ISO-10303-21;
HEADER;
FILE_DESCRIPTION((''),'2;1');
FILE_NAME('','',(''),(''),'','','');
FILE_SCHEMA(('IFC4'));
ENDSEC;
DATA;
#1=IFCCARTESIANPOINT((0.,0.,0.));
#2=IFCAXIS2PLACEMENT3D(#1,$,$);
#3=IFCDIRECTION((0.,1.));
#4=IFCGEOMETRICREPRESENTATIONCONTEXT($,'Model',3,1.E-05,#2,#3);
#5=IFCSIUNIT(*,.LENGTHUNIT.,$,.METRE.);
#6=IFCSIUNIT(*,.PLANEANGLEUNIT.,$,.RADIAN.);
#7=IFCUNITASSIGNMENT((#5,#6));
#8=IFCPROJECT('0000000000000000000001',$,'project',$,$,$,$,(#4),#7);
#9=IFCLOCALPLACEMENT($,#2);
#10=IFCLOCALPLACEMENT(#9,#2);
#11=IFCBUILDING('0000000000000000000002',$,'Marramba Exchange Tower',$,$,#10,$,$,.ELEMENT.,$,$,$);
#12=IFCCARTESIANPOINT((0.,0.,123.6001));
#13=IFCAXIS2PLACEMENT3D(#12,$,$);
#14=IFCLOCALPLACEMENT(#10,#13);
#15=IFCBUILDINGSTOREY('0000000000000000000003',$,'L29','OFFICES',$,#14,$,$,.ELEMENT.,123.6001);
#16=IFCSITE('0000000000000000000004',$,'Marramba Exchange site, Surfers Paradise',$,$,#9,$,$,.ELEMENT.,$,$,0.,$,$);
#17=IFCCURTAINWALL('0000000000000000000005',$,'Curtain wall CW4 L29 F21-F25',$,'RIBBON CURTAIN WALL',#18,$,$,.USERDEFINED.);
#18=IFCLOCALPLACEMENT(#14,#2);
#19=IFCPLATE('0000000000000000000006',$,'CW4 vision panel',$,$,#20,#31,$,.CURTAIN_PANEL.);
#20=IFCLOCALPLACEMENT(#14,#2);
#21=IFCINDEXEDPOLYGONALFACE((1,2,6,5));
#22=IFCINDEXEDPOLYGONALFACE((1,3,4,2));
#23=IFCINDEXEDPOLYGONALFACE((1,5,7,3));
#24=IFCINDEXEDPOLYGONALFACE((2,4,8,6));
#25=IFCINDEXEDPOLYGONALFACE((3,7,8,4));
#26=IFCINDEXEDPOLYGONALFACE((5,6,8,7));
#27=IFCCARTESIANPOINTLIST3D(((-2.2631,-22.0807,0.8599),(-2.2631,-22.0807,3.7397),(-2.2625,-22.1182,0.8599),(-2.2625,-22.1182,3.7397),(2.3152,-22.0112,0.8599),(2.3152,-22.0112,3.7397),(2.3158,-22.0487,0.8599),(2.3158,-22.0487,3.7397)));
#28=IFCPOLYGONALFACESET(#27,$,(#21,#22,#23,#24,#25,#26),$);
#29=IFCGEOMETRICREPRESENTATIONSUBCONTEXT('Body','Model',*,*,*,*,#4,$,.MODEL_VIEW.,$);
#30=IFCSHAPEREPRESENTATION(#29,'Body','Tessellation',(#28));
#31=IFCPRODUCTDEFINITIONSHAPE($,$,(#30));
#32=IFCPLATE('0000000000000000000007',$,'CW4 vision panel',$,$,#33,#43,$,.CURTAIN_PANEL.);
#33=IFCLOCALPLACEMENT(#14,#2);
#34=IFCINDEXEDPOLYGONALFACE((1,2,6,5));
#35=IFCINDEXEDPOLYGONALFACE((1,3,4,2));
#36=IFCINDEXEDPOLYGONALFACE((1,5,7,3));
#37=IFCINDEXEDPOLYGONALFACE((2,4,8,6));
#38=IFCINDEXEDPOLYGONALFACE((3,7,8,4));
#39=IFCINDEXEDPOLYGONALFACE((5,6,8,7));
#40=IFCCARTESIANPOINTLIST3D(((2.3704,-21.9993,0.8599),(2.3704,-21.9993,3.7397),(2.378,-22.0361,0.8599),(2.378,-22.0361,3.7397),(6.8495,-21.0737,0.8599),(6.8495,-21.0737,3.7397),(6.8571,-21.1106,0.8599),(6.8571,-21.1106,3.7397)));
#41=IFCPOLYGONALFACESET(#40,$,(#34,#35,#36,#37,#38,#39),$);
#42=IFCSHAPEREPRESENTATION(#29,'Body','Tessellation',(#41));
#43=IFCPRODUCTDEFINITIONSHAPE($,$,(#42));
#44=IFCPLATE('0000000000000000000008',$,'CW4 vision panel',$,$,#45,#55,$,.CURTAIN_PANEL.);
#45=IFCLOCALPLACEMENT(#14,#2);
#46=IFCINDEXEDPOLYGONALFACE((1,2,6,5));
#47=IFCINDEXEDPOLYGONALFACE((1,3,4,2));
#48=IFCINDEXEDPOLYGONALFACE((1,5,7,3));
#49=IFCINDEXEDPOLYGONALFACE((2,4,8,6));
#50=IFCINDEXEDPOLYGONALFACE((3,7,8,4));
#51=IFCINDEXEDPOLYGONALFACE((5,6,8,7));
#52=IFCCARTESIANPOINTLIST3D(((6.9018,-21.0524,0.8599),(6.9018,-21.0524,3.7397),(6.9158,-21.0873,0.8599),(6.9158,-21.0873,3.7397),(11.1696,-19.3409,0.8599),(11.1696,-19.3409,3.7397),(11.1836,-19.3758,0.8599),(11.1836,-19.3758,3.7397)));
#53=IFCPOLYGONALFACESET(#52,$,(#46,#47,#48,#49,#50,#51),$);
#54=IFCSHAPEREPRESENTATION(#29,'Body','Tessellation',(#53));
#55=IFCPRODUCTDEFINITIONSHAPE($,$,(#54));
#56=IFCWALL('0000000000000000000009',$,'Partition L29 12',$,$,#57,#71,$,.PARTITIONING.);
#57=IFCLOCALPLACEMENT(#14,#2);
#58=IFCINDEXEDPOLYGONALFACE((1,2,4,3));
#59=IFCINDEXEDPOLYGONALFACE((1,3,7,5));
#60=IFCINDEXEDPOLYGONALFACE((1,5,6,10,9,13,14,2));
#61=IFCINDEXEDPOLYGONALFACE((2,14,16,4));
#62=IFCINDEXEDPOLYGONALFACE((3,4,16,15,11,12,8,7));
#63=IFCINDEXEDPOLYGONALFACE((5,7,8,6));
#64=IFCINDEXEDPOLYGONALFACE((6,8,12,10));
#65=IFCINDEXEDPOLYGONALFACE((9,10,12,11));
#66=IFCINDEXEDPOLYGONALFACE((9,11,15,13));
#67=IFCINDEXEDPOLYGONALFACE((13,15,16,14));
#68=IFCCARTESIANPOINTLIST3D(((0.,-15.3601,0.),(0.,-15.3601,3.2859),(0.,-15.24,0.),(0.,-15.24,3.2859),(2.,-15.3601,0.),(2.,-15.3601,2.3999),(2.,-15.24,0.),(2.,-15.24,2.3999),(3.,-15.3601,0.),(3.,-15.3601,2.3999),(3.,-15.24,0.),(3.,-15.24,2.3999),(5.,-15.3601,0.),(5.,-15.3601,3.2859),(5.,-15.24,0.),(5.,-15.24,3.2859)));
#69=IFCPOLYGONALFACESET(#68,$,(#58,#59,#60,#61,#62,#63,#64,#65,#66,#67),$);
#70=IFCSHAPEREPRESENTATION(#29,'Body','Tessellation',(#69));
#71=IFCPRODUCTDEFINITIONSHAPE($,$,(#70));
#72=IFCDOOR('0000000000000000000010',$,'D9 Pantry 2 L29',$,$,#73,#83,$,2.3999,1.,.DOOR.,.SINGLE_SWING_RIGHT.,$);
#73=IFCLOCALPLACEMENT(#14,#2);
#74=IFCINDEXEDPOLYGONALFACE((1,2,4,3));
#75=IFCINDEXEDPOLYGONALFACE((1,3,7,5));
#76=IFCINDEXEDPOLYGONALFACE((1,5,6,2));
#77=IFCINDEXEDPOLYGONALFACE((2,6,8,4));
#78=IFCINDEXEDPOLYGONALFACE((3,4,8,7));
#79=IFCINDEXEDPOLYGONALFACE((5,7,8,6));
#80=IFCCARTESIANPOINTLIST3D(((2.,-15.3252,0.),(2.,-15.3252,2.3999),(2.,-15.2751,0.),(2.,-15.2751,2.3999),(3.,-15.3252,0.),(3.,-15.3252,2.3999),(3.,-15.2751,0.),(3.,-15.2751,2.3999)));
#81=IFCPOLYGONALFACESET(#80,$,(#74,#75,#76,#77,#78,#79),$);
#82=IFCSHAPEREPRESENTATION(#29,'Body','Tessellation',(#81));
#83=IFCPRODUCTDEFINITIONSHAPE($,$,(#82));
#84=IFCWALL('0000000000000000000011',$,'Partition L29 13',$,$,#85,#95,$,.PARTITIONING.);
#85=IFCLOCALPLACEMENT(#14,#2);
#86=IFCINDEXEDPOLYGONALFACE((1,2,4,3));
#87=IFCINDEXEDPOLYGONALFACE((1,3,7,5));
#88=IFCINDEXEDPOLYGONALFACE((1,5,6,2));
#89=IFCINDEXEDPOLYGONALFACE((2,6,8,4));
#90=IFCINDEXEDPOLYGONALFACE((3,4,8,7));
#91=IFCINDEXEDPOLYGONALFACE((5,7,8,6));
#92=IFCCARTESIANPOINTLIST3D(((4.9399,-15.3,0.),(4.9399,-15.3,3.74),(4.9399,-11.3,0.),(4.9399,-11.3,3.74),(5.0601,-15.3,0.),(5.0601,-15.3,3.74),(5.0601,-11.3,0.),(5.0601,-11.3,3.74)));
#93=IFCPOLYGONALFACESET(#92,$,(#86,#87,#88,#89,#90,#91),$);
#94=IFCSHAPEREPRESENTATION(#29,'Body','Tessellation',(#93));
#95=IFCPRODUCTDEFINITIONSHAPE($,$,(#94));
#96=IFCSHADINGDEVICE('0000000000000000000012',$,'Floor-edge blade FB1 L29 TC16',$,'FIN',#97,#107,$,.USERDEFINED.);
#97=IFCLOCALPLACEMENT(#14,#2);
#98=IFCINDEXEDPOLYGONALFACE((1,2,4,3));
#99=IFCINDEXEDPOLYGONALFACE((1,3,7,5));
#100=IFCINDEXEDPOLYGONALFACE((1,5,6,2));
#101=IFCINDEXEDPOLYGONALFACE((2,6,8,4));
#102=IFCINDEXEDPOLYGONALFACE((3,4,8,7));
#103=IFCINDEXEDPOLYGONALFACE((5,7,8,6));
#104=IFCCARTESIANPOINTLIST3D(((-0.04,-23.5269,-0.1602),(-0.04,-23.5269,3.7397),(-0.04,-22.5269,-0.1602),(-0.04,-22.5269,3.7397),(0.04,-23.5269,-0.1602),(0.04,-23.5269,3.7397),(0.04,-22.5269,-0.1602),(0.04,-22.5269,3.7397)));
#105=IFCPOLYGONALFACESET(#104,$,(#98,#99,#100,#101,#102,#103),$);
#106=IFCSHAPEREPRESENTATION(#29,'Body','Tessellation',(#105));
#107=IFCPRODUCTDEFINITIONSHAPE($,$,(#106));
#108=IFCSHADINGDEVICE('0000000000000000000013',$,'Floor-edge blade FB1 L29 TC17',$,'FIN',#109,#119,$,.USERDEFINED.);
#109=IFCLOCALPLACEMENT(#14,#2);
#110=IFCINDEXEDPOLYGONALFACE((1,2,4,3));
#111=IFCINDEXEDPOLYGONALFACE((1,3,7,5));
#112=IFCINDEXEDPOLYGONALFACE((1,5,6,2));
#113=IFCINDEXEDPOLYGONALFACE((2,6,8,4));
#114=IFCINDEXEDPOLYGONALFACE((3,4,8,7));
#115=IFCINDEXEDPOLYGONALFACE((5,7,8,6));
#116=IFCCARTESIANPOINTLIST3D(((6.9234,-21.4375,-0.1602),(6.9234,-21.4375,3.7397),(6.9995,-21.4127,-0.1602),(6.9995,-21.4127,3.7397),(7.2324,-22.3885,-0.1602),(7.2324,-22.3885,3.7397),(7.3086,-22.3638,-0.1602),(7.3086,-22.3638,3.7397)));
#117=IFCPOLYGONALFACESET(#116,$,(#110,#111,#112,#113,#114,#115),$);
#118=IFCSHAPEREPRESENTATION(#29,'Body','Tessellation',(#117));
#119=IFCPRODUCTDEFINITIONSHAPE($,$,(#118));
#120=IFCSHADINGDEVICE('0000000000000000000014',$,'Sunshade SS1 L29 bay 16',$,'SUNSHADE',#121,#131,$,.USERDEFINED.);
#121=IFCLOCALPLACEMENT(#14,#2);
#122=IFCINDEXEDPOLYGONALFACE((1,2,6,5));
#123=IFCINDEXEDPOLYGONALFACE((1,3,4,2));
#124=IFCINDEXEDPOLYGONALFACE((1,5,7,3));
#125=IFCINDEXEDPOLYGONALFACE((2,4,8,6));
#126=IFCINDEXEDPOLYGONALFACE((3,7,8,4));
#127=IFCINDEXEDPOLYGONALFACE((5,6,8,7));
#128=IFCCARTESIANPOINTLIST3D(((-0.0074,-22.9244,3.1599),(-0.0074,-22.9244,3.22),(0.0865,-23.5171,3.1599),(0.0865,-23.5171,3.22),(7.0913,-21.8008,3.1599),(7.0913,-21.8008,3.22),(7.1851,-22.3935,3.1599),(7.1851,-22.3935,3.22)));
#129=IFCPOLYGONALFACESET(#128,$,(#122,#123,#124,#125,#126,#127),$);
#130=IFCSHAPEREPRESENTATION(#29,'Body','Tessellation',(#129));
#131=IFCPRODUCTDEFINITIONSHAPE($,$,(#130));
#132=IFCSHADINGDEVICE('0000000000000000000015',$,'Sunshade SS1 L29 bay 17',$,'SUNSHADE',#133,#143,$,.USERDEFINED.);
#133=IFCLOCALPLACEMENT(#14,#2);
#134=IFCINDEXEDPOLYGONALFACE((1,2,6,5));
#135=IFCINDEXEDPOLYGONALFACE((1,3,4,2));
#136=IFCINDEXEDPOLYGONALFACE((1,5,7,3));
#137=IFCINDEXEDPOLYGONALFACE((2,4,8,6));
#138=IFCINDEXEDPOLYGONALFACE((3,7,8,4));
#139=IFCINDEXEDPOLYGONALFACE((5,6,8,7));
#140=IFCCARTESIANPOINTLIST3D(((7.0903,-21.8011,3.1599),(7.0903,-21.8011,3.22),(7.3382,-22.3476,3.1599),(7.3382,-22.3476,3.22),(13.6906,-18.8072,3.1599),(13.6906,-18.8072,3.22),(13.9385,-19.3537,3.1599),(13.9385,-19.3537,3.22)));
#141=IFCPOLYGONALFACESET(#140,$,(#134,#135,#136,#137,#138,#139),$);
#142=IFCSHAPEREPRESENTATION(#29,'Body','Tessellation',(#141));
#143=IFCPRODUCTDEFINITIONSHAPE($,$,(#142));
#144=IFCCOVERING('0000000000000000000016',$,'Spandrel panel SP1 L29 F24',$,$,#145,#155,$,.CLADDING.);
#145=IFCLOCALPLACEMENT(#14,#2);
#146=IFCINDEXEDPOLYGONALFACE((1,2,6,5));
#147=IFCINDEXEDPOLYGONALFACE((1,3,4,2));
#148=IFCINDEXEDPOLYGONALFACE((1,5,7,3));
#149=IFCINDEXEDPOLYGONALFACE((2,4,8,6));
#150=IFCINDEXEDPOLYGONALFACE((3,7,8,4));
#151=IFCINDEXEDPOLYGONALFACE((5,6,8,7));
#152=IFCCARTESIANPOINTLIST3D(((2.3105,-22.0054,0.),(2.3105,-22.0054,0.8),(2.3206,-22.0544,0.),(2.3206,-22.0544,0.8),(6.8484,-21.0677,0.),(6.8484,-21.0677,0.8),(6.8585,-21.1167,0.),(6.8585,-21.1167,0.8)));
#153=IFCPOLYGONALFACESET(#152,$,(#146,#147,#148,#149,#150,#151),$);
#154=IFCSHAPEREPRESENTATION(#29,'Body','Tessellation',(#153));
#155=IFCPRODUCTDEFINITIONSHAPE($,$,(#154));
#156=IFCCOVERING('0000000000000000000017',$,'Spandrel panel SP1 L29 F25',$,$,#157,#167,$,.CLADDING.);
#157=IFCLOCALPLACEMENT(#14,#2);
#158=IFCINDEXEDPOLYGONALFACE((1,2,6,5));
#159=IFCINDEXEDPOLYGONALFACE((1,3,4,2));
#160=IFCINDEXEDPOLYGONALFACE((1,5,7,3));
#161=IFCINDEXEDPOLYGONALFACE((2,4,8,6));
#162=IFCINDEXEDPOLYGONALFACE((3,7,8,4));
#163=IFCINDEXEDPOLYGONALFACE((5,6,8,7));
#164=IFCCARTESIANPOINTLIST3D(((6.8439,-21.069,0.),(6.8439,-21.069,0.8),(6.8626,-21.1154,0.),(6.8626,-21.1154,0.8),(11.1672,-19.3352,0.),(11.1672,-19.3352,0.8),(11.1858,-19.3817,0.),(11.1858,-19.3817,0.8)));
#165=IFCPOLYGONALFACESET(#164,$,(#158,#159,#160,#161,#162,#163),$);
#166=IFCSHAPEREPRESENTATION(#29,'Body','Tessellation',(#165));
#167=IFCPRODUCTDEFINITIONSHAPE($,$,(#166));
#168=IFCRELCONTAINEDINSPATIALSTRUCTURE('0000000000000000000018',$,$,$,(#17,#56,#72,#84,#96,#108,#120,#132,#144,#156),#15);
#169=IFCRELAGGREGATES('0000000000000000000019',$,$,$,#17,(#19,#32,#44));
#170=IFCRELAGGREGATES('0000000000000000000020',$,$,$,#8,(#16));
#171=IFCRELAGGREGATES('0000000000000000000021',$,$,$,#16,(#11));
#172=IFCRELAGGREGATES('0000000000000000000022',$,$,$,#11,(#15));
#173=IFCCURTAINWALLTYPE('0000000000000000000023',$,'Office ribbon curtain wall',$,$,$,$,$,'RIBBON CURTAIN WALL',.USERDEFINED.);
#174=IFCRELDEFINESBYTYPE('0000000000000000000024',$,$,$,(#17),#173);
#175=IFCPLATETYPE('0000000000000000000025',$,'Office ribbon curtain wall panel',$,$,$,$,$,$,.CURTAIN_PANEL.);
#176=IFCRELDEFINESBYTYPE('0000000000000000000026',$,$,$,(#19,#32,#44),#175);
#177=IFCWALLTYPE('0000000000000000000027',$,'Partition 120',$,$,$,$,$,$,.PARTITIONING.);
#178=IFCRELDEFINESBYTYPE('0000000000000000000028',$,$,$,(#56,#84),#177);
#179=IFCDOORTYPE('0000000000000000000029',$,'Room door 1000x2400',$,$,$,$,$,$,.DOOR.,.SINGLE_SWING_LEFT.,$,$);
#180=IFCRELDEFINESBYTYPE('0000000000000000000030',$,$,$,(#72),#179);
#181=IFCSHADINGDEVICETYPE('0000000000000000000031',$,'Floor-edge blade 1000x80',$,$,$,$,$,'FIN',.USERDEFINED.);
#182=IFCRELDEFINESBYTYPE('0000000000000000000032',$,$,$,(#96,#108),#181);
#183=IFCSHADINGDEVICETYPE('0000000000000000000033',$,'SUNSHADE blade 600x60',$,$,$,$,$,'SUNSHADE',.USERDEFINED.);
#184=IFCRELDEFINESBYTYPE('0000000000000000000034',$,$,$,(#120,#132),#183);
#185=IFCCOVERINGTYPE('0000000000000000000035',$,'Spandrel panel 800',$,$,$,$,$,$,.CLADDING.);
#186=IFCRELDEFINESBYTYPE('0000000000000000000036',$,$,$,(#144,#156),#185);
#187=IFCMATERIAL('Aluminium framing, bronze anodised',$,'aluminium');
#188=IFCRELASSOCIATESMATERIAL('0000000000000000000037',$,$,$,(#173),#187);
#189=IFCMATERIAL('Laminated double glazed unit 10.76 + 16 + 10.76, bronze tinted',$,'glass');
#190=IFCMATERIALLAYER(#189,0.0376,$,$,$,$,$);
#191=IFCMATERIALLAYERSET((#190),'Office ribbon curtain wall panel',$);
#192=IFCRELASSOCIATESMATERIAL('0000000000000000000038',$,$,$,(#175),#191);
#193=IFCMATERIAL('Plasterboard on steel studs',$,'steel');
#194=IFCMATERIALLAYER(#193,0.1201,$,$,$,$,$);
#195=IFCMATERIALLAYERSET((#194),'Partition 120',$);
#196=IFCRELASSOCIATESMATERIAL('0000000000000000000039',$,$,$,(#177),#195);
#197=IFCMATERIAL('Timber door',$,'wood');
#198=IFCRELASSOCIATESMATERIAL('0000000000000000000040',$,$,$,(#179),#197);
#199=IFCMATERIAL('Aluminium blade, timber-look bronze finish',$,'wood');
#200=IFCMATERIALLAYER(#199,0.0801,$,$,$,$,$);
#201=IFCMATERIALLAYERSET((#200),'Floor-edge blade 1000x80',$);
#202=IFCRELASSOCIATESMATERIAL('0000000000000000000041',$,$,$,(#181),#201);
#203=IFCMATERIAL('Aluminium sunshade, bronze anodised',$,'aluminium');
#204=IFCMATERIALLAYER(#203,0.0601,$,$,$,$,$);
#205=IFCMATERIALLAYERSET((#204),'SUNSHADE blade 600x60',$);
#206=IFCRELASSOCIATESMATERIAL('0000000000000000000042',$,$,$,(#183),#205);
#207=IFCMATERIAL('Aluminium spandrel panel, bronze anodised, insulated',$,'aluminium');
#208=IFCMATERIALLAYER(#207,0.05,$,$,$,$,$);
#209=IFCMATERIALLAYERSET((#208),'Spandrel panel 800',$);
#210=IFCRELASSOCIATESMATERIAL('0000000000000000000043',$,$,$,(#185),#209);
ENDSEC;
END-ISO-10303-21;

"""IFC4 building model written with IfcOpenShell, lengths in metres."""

from ifc_helpers import new_model, si_unit, direction, frame, frame_2d, origin, origin_2d, place, context, subcontext, project, spatial, rectangle, extrude, material, layer, layer_set, type_object, element, fill, aggregate, save


model = new_model("IFC4")

# Units and contexts
model_context = context("Model", 3, precision=1e-05, world=origin(), true_north=direction((0.0, 1.0)))
body_context = subcontext(model_context, "Body", "Model", "MODEL_VIEW")
ifc_project = project(units=[si_unit("LENGTHUNIT", "METRE"), si_unit("PLANEANGLEUNIT", "RADIAN")], contexts=[model_context])

# Site, building, storey
site_placement = place(None, origin())
site = spatial("IfcSite", under=ifc_project, at=site_placement, Name="Marramba Exchange site, Surfers Paradise", CompositionType="ELEMENT", RefElevation=0.0)
building_placement = place(site_placement, origin())
building = spatial("IfcBuilding", under=site, at=building_placement, Name="Marramba Exchange Tower", CompositionType="ELEMENT")
storey_placement = place(building_placement, frame((0.0, 0.0, 123.6001)))
storey = spatial("IfcBuildingStorey", under=building, at=storey_placement, Name="L29", Description="OFFICES", CompositionType="ELEMENT", Elevation=123.6001)

# Curtain wall
ifc_material_1 = material(Name="Aluminium framing, bronze anodised", Category="aluminium")
curtain_wall_type = type_object("IfcCurtainWallType", Name="Office ribbon curtain wall", ElementType="RIBBON CURTAIN WALL", PredefinedType="USERDEFINED", material=ifc_material_1)
curtain_wall_1_placement = place(storey_placement, origin())
curtain_wall_1 = element("IfcCurtainWall", 1, at=curtain_wall_1_placement, inside=storey, type_object=curtain_wall_type, Name="Curtain wall CW4 L29 F21-F25", ObjectType="RIBBON CURTAIN WALL", PredefinedType="USERDEFINED")

# Plates
ifc_material_2 = material(Name="Laminated double glazed unit 10.76 + 16 + 10.76, bronze tinted", Category="glass")
ifc_layer_1 = layer(ifc_material_2, 0.0376)
ifc_layer_set_1 = layer_set([ifc_layer_1], Name="Office ribbon curtain wall panel")
plate_type = type_object("IfcPlateType", Name="Office ribbon curtain wall panel", PredefinedType="CURTAIN_PANEL", material=ifc_layer_set_1)
plate_1_placement = place(storey_placement, frame((0.0264, -22.0647, 0.8599), z_axis=(0.0, 0.0, 1.0), x_axis=(0.999885, 0.015179, 0.0)))
plate_1 = element("IfcPlate", 2, at=plate_1_placement, type_object=plate_type, Name="CW4 vision panel", PredefinedType="CURTAIN_PANEL", context=body_context, shape_type="SweptSolid", body=[
    extrude(rectangle(XDim=4.5789, YDim=0.0376, at=origin_2d()), origin(), (0.0, 0.0, 1.0), 2.8799),
])
plate_2_placement = place(storey_placement, frame((4.6138, -21.5549, 0.8599), z_axis=(0.0, 0.0, 1.0), x_axis=(0.97931, 0.202365, 0.0)))
plate_2 = element("IfcPlate", 3, at=plate_2_placement, type_object=plate_type, Name="CW4 vision panel", PredefinedType="CURTAIN_PANEL", context=body_context, shape_type="SweptSolid", body=[
    extrude(rectangle(XDim=4.5737, YDim=0.0376, at=origin_2d()), origin(), (0.0, 0.0, 1.0), 2.8799),
])
plate_3_placement = place(storey_placement, frame((9.0427, -20.2141, 0.8599), z_axis=(0.0, 0.0, 1.0), x_axis=(0.928149, 0.372209, 0.0)))
plate_3 = element("IfcPlate", 4, at=plate_3_placement, type_object=plate_type, Name="CW4 vision panel", PredefinedType="CURTAIN_PANEL", context=body_context, shape_type="SweptSolid", body=[
    extrude(rectangle(XDim=4.5981, YDim=0.0376, at=origin_2d()), origin(), (0.0, 0.0, 1.0), 2.8799),
])
aggregate(curtain_wall_1, [plate_1, plate_2, plate_3])

# Wall, opening, door
ifc_material_3 = material(Name="Plasterboard on steel studs", Category="steel")
ifc_layer_2 = layer(ifc_material_3, 0.1201)
ifc_layer_set_2 = layer_set([ifc_layer_2], Name="Partition 120")
wall_type = type_object("IfcWallType", Name="Partition 120", PredefinedType="PARTITIONING", material=ifc_layer_set_2)
wall_1_placement = place(storey_placement, frame((0.0, -15.3, 0.0), z_axis=(0.0, 0.0, 1.0), x_axis=(1.0, 0.0, 0.0)))
wall_1 = element("IfcWall", 5, at=wall_1_placement, inside=storey, type_object=wall_type, Name="Partition L29 12", PredefinedType="PARTITIONING", context=body_context, shape_type="SweptSolid", body=[
    extrude(rectangle(XDim=5.0, YDim=0.1201, at=frame_2d((2.5, 0.0))), origin(), (0.0, 0.0, 1.0), 3.2859),
])
opening_placement = place(wall_1_placement, frame((2.0, 0.0, 0.0)))
opening = element("IfcOpeningElement", 6, at=opening_placement, cuts=wall_1, PredefinedType="OPENING", context=body_context, shape_type="SweptSolid", body=[
    extrude(rectangle(XDim=1.0, YDim=2.3999, at=frame_2d((0.5, 1.2))), frame((0.0, 0.0701, 0.0), z_axis=(0.0, -1.0, 0.0), x_axis=(1.0, 0.0, 0.0)), (0.0, 0.0, 1.0), 0.1401),
])
ifc_material_4 = material(Name="Timber door", Category="wood")
door_type = type_object("IfcDoorType", Name="Room door 1000x2400", OperationType="SINGLE_SWING_LEFT", PredefinedType="DOOR", material=ifc_material_4)
door_placement = place(opening_placement, origin())
door = element("IfcDoor", 7, at=door_placement, inside=storey, type_object=door_type, Name="D9 Pantry 2 L29", OperationType="SINGLE_SWING_RIGHT", OverallHeight=2.3999, OverallWidth=1.0, PredefinedType="DOOR", context=body_context, shape_type="SweptSolid", body=[
    extrude(rectangle(XDim=1.0, YDim=2.3999, at=frame_2d((0.5, 1.2))), frame((0.0, 0.0249, 0.0), z_axis=(0.0, -1.0, 0.0), x_axis=(1.0, 0.0, 0.0)), (0.0, 0.0, 1.0), 0.05),
])
fill(opening, door)

# Wall
wall_2_placement = place(storey_placement, frame((5.0, -15.3, 0.0), z_axis=(0.0, 0.0, 1.0), x_axis=(0.0, 1.0, 0.0)))
element("IfcWall", 8, at=wall_2_placement, inside=storey, type_object=wall_type, Name="Partition L29 13", PredefinedType="PARTITIONING", context=body_context, shape_type="SweptSolid", body=[
    extrude(rectangle(XDim=4.0, YDim=0.1201, at=frame_2d((2.0, 0.0))), origin(), (0.0, 0.0, 1.0), 3.74),
])

# Shading devices
ifc_material_5 = material(Name="Aluminium blade, timber-look bronze finish", Category="wood")
ifc_layer_3 = layer(ifc_material_5, 0.0801)
ifc_layer_set_3 = layer_set([ifc_layer_3], Name="Floor-edge blade 1000x80")
shading_device_type_1 = type_object("IfcShadingDeviceType", Name="Floor-edge blade 1000x80", ElementType="FIN", PredefinedType="USERDEFINED", material=ifc_layer_set_3)
for number, where, z_axis, x_axis, name in (
    (9, (0.0, -23.0269, -0.1602), (0.0, 0.0, 1.0), (0.0, -1.0, 0.0), "Floor-edge blade FB1 L29 TC16"),
    (10, (7.116, -21.9006, -0.1602), (0.0, 0.0, 1.0), (0.309017, -0.951057, 0.0), "Floor-edge blade FB1 L29 TC17"),
):
    element("IfcShadingDevice", number, at=place(storey_placement, frame(where, z_axis=z_axis, x_axis=x_axis)), inside=storey, type_object=shading_device_type_1, Name=name, ObjectType="FIN", PredefinedType="USERDEFINED", context=body_context, shape_type="SweptSolid", body=[
        extrude(rectangle(XDim=1.0, YDim=0.0801, at=origin_2d()), origin(), (0.0, 0.0, 1.0), 3.8999),
    ])
ifc_material_6 = material(Name="Aluminium sunshade, bronze anodised", Category="aluminium")
ifc_layer_4 = layer(ifc_material_6, 0.0601)
ifc_layer_set_4 = layer_set([ifc_layer_4], Name="SUNSHADE blade 600x60")
shading_device_type_2 = type_object("IfcShadingDeviceType", Name="SUNSHADE blade 600x60", ElementType="SUNSHADE", PredefinedType="USERDEFINED", material=ifc_layer_set_4)
shading_device_1_placement = place(storey_placement, frame((3.5889, -22.6589, 3.1599), z_axis=(0.0, 0.0, 1.0), x_axis=(0.987705, 0.15633, 0.0)))
element("IfcShadingDevice", 11, at=shading_device_1_placement, inside=storey, type_object=shading_device_type_2, Name="Sunshade SS1 L29 bay 16", ObjectType="SUNSHADE", PredefinedType="USERDEFINED", context=body_context, shape_type="SweptSolid", body=[
    extrude(rectangle(XDim=7.187, YDim=0.6001, at=origin_2d()), origin(), (0.0, 0.0, 1.0), 0.0601),
])
shading_device_2_placement = place(storey_placement, frame((10.5144, -20.5774, 3.1599), z_axis=(0.0, 0.0, 1.0), x_axis=(0.910692, 0.413086, 0.0)))
element("IfcShadingDevice", 12, at=shading_device_2_placement, inside=storey, type_object=shading_device_type_2, Name="Sunshade SS1 L29 bay 17", ObjectType="SUNSHADE", PredefinedType="USERDEFINED", context=body_context, shape_type="SweptSolid", body=[
    extrude(rectangle(XDim=7.2476, YDim=0.6001, at=origin_2d()), origin(), (0.0, 0.0, 1.0), 0.0601),
])

# Coverings
ifc_material_7 = material(Name="Aluminium spandrel panel, bronze anodised, insulated", Category="aluminium")
ifc_layer_5 = layer(ifc_material_7, 0.05)
ifc_layer_set_5 = layer_set([ifc_layer_5], Name="Spandrel panel 800")
covering_type = type_object("IfcCoveringType", Name="Spandrel panel 800", PredefinedType="CLADDING", material=ifc_layer_set_5)
covering_1_placement = place(storey_placement, frame((4.5845, -21.561, 0.0), z_axis=(0.0, 0.0, 1.0), x_axis=(0.97931, 0.202365, 0.0)))
element("IfcCovering", 13, at=covering_1_placement, inside=storey, type_object=covering_type, Name="Spandrel panel SP1 L29 F24", PredefinedType="CLADDING", context=body_context, shape_type="SweptSolid", body=[
    extrude(rectangle(XDim=4.6338, YDim=0.05, at=origin_2d()), origin(), (0.0, 0.0, 1.0), 0.8),
])
covering_2_placement = place(storey_placement, frame((9.0149, -20.2253, 0.0), z_axis=(0.0, 0.0, 1.0), x_axis=(0.928149, 0.372209, 0.0)))
element("IfcCovering", 14, at=covering_2_placement, inside=storey, type_object=covering_type, Name="Spandrel panel SP1 L29 F25", PredefinedType="CLADDING", context=body_context, shape_type="SweptSolid", body=[
    extrude(rectangle(XDim=4.658, YDim=0.05, at=origin_2d()), origin(), (0.0, 0.0, 1.0), 0.8),
])

save(model, "model.ifc")
